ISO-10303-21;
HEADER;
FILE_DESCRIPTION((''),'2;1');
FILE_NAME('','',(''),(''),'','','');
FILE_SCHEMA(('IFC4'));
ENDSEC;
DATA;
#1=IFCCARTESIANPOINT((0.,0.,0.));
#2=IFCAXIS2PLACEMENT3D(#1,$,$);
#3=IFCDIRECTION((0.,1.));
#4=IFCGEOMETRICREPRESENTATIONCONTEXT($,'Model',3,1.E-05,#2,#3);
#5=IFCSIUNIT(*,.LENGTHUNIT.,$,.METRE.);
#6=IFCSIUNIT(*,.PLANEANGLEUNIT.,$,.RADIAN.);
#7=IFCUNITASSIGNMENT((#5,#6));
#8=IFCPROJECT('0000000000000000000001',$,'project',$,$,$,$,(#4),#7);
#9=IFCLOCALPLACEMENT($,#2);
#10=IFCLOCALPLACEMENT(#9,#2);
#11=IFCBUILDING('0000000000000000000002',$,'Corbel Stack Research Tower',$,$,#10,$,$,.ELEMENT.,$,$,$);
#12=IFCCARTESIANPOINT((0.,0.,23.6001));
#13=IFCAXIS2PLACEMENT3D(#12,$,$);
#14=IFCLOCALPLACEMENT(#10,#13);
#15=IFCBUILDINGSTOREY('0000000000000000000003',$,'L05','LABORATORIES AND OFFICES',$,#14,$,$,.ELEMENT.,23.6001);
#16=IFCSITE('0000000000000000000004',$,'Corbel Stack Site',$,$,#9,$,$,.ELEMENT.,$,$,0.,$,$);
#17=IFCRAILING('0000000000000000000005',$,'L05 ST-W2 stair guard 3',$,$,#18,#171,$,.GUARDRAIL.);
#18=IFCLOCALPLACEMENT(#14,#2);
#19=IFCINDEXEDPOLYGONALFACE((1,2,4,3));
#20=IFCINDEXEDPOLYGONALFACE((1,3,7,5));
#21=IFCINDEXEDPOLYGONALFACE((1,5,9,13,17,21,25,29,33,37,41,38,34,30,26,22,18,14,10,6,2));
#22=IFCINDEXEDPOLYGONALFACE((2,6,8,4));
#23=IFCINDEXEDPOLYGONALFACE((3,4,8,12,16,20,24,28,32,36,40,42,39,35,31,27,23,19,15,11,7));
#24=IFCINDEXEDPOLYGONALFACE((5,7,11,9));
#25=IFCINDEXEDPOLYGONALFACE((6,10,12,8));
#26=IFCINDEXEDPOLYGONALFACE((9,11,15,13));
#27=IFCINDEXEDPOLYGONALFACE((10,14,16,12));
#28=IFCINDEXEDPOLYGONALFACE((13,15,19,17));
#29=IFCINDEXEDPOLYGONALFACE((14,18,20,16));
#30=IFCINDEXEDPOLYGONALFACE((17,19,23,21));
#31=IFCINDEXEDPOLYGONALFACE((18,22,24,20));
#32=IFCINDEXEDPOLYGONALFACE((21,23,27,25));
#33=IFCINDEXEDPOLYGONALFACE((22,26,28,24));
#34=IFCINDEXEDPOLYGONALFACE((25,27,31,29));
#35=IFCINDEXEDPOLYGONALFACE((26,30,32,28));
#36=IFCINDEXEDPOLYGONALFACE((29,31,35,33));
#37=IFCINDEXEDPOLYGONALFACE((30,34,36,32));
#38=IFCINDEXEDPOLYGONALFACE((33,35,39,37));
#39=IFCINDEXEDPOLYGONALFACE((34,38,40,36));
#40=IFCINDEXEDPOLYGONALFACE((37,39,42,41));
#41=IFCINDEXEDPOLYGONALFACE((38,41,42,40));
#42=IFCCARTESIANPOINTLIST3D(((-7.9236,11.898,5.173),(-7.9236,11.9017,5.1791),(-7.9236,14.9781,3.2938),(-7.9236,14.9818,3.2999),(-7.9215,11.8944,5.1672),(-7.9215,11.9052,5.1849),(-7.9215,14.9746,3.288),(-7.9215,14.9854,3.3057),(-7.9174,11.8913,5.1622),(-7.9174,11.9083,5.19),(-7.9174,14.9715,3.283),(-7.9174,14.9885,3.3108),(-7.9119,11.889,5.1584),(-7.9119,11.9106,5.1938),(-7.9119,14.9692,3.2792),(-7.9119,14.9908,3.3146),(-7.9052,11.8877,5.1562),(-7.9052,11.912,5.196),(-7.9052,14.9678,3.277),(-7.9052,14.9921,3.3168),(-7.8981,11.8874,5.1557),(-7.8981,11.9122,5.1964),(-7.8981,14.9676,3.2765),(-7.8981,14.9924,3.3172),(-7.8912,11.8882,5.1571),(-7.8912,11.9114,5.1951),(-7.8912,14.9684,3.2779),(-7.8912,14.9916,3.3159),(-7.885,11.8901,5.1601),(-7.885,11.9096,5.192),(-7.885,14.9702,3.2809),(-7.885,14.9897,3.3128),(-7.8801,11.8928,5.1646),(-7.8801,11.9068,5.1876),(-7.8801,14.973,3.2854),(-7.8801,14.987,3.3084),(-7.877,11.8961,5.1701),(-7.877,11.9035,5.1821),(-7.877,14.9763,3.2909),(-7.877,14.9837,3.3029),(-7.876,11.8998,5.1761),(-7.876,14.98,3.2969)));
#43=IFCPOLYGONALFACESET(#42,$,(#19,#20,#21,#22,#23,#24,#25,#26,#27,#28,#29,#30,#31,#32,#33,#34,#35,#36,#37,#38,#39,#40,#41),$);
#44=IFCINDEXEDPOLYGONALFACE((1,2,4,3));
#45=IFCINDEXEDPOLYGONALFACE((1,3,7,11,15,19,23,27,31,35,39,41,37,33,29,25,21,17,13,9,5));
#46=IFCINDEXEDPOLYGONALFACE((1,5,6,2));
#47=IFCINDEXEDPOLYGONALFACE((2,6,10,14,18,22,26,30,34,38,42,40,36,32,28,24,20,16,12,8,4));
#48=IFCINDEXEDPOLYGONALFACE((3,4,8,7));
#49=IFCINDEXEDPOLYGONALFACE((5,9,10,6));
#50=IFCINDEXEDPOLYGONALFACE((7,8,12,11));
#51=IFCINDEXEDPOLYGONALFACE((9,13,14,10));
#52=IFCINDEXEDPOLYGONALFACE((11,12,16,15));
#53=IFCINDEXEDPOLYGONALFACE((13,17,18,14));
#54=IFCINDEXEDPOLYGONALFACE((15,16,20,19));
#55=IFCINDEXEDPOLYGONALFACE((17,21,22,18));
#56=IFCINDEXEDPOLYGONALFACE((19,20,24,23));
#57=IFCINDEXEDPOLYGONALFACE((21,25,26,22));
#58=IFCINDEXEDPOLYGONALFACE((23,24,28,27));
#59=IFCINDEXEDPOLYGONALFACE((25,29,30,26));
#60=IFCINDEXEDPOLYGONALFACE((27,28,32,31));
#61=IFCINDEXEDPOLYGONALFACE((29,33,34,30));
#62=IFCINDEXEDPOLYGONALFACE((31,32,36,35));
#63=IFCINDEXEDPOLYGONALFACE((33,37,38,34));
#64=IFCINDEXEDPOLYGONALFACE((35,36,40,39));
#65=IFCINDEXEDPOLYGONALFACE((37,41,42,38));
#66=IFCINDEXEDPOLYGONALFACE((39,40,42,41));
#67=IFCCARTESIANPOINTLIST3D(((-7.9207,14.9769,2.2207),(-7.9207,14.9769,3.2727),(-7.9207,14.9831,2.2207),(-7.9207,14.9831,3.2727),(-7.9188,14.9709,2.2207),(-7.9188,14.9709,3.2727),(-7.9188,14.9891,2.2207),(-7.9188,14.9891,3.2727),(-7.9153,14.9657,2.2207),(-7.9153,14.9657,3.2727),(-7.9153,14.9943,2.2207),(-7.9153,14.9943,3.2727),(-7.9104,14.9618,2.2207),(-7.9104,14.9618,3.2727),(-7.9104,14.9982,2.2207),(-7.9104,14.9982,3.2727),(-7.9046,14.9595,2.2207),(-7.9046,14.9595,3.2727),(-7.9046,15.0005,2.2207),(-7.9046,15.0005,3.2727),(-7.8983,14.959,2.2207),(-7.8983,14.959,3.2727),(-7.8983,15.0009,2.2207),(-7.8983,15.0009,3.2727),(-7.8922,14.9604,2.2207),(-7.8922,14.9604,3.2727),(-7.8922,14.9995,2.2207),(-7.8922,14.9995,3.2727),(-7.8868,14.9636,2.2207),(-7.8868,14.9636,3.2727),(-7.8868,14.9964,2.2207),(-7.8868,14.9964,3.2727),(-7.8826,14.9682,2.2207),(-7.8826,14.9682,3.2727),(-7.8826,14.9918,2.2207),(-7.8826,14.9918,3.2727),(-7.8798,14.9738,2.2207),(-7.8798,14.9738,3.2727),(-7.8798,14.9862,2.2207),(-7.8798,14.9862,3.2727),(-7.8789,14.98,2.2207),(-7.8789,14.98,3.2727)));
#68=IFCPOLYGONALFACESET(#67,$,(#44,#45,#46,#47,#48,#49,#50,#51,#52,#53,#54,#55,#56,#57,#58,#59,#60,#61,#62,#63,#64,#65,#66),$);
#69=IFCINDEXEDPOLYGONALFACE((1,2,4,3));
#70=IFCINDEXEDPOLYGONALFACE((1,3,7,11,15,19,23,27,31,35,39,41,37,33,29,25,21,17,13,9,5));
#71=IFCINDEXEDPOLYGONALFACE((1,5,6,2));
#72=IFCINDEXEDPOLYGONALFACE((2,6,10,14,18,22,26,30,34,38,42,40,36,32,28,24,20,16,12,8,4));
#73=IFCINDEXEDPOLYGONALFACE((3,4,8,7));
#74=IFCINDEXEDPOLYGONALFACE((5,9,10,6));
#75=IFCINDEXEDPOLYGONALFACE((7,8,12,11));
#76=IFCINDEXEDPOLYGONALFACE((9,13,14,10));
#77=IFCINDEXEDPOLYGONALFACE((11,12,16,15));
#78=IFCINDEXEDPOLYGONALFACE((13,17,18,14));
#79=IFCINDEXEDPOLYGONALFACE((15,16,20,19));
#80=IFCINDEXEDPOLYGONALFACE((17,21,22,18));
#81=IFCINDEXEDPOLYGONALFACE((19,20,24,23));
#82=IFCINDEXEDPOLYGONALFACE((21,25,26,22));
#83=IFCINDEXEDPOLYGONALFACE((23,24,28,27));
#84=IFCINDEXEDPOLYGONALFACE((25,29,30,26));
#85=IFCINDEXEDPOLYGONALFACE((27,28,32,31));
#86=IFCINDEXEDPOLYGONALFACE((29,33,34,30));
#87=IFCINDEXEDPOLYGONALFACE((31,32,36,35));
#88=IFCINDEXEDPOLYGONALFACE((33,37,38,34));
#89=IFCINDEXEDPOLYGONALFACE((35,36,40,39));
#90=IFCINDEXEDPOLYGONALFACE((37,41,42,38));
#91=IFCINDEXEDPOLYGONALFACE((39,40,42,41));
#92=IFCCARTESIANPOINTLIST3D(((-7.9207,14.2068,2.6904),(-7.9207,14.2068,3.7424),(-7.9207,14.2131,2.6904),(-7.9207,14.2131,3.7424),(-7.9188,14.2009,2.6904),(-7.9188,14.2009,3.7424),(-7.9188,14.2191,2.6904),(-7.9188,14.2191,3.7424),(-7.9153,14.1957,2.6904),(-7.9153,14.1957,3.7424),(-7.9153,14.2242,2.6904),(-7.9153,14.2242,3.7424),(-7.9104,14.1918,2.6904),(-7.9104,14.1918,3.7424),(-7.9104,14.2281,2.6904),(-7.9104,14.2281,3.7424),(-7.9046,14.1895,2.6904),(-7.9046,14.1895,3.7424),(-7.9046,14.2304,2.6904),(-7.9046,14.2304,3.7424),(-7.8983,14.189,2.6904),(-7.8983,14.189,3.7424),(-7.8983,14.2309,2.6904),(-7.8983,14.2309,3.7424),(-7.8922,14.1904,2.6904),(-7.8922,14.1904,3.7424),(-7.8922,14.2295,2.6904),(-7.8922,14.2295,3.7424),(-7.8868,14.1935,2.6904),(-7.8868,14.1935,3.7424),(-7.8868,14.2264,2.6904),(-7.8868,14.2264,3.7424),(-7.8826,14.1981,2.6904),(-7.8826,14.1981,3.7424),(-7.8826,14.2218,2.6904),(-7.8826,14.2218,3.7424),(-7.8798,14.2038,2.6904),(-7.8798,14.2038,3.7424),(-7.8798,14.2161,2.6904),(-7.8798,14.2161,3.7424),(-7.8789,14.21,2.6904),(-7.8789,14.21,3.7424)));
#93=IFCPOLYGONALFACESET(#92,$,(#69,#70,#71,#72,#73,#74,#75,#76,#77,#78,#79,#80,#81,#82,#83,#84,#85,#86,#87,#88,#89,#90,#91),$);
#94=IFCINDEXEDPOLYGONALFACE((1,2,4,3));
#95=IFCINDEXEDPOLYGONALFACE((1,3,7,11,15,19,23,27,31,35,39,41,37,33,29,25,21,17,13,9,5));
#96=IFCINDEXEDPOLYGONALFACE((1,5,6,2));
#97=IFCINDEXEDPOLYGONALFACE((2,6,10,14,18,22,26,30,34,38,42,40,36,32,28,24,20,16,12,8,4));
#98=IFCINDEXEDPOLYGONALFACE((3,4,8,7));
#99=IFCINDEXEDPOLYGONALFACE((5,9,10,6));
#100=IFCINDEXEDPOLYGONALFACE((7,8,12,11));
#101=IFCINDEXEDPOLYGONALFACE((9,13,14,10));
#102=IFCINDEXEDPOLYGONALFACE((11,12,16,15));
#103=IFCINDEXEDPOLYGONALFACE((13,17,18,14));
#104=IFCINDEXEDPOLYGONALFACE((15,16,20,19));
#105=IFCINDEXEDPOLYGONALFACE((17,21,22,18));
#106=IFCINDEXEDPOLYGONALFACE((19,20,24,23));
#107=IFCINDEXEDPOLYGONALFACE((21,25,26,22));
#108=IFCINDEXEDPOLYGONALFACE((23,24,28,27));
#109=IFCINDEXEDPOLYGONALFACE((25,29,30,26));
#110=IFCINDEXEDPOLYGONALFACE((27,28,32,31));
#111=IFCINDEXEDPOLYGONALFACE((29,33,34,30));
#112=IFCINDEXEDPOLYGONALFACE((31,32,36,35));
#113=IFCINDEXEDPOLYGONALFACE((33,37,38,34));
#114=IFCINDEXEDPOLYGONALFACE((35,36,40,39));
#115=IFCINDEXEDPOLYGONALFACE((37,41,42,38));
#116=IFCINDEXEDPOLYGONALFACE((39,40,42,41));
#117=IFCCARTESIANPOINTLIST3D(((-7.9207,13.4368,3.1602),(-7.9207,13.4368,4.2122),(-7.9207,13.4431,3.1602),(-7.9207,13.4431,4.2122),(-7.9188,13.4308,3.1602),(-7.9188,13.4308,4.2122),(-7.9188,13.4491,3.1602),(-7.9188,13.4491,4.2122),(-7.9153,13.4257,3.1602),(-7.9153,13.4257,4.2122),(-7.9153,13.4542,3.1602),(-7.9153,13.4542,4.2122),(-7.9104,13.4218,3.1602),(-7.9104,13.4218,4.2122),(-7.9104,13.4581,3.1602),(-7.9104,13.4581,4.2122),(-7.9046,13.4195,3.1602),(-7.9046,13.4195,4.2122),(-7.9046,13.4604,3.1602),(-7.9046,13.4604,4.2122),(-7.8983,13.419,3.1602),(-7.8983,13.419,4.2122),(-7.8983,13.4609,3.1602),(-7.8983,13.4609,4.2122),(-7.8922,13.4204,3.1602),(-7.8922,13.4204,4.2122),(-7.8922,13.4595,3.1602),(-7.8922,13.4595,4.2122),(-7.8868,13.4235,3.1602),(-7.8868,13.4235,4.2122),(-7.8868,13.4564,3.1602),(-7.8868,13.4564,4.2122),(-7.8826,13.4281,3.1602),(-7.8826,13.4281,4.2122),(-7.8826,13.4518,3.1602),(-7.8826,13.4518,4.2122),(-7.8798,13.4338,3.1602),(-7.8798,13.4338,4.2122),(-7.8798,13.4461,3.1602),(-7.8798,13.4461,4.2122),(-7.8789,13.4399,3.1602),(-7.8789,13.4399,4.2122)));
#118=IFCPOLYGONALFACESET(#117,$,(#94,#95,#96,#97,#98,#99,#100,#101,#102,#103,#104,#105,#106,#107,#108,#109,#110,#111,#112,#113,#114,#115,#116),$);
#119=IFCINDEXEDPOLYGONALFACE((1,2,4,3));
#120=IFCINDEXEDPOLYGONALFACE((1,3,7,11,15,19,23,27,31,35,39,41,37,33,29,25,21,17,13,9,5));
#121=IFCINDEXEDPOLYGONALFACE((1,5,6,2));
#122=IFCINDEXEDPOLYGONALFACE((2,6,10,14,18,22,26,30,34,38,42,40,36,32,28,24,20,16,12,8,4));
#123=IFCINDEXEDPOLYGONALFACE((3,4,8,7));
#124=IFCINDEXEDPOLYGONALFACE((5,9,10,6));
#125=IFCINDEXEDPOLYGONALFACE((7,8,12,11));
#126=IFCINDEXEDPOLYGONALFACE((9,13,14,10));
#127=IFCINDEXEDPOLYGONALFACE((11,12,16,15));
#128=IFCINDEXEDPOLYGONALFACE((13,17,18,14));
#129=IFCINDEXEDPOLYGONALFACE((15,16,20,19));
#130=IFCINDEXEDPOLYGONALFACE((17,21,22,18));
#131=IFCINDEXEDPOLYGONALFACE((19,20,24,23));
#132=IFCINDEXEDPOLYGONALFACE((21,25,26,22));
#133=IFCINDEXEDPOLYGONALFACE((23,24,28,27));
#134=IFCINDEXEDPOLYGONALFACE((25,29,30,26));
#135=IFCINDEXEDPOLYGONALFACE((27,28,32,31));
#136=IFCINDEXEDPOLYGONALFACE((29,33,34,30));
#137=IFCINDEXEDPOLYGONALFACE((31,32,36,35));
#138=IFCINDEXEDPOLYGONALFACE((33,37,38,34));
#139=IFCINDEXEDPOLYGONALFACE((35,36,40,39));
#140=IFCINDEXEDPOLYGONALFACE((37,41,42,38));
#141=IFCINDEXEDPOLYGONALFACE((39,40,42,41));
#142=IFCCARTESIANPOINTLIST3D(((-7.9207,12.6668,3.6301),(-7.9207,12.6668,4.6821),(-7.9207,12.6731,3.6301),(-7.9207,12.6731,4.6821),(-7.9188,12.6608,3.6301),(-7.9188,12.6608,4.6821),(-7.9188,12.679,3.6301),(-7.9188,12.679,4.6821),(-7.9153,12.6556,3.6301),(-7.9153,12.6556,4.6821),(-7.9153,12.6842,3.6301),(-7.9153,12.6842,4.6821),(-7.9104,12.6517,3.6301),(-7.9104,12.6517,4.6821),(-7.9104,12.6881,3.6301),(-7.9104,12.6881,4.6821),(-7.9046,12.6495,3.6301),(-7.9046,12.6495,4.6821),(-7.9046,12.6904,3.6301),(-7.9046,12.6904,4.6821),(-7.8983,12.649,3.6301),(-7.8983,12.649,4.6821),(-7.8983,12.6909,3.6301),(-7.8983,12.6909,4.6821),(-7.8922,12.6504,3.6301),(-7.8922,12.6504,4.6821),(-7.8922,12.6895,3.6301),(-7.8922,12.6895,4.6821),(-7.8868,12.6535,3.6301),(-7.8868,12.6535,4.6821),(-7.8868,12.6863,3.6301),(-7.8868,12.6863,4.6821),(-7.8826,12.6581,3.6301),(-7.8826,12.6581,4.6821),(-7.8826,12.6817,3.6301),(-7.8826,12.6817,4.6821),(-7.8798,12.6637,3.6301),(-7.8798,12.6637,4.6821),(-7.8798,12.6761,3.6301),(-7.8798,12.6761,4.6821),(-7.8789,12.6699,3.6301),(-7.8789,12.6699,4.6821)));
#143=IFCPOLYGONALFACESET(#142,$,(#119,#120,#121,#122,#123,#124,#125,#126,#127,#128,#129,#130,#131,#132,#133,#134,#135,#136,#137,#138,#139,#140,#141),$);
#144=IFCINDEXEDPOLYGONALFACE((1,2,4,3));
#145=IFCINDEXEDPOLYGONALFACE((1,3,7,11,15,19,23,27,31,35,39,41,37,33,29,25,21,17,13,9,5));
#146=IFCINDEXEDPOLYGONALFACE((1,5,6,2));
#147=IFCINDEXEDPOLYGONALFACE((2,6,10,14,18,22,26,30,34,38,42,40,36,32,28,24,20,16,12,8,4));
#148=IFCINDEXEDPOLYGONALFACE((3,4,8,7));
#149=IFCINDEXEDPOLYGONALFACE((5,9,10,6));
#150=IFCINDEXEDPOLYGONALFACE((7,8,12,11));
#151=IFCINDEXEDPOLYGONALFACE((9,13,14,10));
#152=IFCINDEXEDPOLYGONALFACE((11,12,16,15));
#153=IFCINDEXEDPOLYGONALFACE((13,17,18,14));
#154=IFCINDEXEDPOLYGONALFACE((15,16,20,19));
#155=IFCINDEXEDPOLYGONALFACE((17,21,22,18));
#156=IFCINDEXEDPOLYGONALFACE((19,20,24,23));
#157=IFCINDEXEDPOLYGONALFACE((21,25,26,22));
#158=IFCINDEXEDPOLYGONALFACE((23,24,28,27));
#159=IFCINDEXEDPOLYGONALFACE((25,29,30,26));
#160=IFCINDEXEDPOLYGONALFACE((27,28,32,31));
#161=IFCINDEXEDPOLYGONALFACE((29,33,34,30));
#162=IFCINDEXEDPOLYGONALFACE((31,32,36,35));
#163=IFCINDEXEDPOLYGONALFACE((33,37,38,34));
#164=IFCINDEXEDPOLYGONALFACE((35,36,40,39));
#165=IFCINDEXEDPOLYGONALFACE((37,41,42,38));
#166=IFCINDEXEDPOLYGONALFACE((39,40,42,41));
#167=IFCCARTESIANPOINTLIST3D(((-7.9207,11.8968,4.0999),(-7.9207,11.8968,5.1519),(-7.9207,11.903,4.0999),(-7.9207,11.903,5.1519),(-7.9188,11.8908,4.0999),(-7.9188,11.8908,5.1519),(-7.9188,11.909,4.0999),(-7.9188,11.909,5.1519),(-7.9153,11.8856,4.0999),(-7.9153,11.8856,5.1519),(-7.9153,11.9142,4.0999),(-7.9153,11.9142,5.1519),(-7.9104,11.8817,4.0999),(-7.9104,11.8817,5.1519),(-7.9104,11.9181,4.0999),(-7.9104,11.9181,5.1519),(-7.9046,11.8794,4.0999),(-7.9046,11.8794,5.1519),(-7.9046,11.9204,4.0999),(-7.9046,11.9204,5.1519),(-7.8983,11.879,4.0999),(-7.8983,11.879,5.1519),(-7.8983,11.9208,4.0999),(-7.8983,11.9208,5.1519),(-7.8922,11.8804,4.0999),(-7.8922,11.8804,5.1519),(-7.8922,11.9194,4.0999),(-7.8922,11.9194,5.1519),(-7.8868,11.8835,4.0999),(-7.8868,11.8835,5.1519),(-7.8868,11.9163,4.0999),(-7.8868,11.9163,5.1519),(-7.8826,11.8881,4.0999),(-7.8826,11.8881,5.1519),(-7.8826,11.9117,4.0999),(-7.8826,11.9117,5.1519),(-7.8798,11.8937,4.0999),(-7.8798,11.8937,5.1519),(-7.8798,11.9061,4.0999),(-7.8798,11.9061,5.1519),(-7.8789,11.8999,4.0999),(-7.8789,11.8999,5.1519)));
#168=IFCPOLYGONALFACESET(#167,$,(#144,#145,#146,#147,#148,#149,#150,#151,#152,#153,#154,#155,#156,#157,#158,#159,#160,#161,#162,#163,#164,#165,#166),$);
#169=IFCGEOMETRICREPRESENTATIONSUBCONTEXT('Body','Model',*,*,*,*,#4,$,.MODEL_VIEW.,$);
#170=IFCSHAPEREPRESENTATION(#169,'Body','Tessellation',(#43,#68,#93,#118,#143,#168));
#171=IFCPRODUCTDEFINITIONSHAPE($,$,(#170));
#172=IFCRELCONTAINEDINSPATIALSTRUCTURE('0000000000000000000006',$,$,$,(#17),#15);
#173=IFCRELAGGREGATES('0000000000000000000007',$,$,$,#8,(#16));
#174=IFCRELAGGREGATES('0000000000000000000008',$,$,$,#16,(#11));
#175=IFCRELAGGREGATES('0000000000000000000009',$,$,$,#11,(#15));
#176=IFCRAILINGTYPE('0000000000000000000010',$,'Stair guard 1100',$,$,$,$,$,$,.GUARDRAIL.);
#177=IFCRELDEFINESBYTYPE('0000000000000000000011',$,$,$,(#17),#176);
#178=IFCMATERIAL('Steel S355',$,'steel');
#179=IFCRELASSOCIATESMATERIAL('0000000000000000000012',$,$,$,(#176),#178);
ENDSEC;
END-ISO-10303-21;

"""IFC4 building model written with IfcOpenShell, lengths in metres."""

from ifc_helpers import new_model, si_unit, direction, frame, origin, origin_2d, place, context, subcontext, project, spatial, circle, extrude, material, type_object, element, save


model = new_model("IFC4")

# Units and contexts
model_context = context("Model", 3, precision=1e-05, world=origin(), true_north=direction((0.0, 1.0)))
body_context = subcontext(model_context, "Body", "Model", "MODEL_VIEW")
ifc_project = project(units=[si_unit("LENGTHUNIT", "METRE"), si_unit("PLANEANGLEUNIT", "RADIAN")], contexts=[model_context])

# Site, building, storey
site_placement = place(None, origin())
site = spatial("IfcSite", under=ifc_project, at=site_placement, Name="Corbel Stack Site", CompositionType="ELEMENT", RefElevation=0.0)
building_placement = place(site_placement, origin())
building = spatial("IfcBuilding", under=site, at=building_placement, Name="Corbel Stack Research Tower", CompositionType="ELEMENT")
storey_placement = place(building_placement, frame((0.0, 0.0, 23.6001)))
storey = spatial("IfcBuildingStorey", under=building, at=storey_placement, Name="L05", Description="LABORATORIES AND OFFICES", CompositionType="ELEMENT", Elevation=23.6001)

# Railing
ifc_material_1 = material(Name="Steel S355", Category="steel")
railing_type_1 = type_object("IfcRailingType", Name="Stair guard 1100", PredefinedType="GUARDRAIL", material=ifc_material_1)
railing_1_placement = place(storey_placement, frame((-7.8999, 14.98, 2.2207)))
element("IfcRailing", 1, at=railing_1_placement, inside=storey, type_object=railing_type_1, Name="L05 ST-W2 stair guard 3", PredefinedType="GUARDRAIL", context=body_context, shape_type="SweptSolid", body=[
    extrude(circle(Radius=0.0239, at=origin_2d()), frame((0.0, 0.0, 1.0762), z_axis=(0.0, -0.853666, 0.52082), x_axis=(1.0, 0.0, 0.0)), (0.0, 0.0, 1.0), 3.6082),
    extrude(circle(Radius=0.021, at=origin_2d()), origin(), (0.0, 0.0, 1.0), 1.052),
    extrude(circle(Radius=0.021, at=origin_2d()), frame((0.0, -0.77, 0.4697)), (0.0, 0.0, 1.0), 1.052),
    extrude(circle(Radius=0.021, at=origin_2d()), frame((0.0, -1.54, 0.9395)), (0.0, 0.0, 1.0), 1.052),
    extrude(circle(Radius=0.021, at=origin_2d()), frame((0.0, -2.3101, 1.4094)), (0.0, 0.0, 1.0), 1.052),
    extrude(circle(Radius=0.021, at=origin_2d()), frame((0.0, -3.0801, 1.8792)), (0.0, 0.0, 1.0), 1.052),
])

save(model, "model.ifc")
